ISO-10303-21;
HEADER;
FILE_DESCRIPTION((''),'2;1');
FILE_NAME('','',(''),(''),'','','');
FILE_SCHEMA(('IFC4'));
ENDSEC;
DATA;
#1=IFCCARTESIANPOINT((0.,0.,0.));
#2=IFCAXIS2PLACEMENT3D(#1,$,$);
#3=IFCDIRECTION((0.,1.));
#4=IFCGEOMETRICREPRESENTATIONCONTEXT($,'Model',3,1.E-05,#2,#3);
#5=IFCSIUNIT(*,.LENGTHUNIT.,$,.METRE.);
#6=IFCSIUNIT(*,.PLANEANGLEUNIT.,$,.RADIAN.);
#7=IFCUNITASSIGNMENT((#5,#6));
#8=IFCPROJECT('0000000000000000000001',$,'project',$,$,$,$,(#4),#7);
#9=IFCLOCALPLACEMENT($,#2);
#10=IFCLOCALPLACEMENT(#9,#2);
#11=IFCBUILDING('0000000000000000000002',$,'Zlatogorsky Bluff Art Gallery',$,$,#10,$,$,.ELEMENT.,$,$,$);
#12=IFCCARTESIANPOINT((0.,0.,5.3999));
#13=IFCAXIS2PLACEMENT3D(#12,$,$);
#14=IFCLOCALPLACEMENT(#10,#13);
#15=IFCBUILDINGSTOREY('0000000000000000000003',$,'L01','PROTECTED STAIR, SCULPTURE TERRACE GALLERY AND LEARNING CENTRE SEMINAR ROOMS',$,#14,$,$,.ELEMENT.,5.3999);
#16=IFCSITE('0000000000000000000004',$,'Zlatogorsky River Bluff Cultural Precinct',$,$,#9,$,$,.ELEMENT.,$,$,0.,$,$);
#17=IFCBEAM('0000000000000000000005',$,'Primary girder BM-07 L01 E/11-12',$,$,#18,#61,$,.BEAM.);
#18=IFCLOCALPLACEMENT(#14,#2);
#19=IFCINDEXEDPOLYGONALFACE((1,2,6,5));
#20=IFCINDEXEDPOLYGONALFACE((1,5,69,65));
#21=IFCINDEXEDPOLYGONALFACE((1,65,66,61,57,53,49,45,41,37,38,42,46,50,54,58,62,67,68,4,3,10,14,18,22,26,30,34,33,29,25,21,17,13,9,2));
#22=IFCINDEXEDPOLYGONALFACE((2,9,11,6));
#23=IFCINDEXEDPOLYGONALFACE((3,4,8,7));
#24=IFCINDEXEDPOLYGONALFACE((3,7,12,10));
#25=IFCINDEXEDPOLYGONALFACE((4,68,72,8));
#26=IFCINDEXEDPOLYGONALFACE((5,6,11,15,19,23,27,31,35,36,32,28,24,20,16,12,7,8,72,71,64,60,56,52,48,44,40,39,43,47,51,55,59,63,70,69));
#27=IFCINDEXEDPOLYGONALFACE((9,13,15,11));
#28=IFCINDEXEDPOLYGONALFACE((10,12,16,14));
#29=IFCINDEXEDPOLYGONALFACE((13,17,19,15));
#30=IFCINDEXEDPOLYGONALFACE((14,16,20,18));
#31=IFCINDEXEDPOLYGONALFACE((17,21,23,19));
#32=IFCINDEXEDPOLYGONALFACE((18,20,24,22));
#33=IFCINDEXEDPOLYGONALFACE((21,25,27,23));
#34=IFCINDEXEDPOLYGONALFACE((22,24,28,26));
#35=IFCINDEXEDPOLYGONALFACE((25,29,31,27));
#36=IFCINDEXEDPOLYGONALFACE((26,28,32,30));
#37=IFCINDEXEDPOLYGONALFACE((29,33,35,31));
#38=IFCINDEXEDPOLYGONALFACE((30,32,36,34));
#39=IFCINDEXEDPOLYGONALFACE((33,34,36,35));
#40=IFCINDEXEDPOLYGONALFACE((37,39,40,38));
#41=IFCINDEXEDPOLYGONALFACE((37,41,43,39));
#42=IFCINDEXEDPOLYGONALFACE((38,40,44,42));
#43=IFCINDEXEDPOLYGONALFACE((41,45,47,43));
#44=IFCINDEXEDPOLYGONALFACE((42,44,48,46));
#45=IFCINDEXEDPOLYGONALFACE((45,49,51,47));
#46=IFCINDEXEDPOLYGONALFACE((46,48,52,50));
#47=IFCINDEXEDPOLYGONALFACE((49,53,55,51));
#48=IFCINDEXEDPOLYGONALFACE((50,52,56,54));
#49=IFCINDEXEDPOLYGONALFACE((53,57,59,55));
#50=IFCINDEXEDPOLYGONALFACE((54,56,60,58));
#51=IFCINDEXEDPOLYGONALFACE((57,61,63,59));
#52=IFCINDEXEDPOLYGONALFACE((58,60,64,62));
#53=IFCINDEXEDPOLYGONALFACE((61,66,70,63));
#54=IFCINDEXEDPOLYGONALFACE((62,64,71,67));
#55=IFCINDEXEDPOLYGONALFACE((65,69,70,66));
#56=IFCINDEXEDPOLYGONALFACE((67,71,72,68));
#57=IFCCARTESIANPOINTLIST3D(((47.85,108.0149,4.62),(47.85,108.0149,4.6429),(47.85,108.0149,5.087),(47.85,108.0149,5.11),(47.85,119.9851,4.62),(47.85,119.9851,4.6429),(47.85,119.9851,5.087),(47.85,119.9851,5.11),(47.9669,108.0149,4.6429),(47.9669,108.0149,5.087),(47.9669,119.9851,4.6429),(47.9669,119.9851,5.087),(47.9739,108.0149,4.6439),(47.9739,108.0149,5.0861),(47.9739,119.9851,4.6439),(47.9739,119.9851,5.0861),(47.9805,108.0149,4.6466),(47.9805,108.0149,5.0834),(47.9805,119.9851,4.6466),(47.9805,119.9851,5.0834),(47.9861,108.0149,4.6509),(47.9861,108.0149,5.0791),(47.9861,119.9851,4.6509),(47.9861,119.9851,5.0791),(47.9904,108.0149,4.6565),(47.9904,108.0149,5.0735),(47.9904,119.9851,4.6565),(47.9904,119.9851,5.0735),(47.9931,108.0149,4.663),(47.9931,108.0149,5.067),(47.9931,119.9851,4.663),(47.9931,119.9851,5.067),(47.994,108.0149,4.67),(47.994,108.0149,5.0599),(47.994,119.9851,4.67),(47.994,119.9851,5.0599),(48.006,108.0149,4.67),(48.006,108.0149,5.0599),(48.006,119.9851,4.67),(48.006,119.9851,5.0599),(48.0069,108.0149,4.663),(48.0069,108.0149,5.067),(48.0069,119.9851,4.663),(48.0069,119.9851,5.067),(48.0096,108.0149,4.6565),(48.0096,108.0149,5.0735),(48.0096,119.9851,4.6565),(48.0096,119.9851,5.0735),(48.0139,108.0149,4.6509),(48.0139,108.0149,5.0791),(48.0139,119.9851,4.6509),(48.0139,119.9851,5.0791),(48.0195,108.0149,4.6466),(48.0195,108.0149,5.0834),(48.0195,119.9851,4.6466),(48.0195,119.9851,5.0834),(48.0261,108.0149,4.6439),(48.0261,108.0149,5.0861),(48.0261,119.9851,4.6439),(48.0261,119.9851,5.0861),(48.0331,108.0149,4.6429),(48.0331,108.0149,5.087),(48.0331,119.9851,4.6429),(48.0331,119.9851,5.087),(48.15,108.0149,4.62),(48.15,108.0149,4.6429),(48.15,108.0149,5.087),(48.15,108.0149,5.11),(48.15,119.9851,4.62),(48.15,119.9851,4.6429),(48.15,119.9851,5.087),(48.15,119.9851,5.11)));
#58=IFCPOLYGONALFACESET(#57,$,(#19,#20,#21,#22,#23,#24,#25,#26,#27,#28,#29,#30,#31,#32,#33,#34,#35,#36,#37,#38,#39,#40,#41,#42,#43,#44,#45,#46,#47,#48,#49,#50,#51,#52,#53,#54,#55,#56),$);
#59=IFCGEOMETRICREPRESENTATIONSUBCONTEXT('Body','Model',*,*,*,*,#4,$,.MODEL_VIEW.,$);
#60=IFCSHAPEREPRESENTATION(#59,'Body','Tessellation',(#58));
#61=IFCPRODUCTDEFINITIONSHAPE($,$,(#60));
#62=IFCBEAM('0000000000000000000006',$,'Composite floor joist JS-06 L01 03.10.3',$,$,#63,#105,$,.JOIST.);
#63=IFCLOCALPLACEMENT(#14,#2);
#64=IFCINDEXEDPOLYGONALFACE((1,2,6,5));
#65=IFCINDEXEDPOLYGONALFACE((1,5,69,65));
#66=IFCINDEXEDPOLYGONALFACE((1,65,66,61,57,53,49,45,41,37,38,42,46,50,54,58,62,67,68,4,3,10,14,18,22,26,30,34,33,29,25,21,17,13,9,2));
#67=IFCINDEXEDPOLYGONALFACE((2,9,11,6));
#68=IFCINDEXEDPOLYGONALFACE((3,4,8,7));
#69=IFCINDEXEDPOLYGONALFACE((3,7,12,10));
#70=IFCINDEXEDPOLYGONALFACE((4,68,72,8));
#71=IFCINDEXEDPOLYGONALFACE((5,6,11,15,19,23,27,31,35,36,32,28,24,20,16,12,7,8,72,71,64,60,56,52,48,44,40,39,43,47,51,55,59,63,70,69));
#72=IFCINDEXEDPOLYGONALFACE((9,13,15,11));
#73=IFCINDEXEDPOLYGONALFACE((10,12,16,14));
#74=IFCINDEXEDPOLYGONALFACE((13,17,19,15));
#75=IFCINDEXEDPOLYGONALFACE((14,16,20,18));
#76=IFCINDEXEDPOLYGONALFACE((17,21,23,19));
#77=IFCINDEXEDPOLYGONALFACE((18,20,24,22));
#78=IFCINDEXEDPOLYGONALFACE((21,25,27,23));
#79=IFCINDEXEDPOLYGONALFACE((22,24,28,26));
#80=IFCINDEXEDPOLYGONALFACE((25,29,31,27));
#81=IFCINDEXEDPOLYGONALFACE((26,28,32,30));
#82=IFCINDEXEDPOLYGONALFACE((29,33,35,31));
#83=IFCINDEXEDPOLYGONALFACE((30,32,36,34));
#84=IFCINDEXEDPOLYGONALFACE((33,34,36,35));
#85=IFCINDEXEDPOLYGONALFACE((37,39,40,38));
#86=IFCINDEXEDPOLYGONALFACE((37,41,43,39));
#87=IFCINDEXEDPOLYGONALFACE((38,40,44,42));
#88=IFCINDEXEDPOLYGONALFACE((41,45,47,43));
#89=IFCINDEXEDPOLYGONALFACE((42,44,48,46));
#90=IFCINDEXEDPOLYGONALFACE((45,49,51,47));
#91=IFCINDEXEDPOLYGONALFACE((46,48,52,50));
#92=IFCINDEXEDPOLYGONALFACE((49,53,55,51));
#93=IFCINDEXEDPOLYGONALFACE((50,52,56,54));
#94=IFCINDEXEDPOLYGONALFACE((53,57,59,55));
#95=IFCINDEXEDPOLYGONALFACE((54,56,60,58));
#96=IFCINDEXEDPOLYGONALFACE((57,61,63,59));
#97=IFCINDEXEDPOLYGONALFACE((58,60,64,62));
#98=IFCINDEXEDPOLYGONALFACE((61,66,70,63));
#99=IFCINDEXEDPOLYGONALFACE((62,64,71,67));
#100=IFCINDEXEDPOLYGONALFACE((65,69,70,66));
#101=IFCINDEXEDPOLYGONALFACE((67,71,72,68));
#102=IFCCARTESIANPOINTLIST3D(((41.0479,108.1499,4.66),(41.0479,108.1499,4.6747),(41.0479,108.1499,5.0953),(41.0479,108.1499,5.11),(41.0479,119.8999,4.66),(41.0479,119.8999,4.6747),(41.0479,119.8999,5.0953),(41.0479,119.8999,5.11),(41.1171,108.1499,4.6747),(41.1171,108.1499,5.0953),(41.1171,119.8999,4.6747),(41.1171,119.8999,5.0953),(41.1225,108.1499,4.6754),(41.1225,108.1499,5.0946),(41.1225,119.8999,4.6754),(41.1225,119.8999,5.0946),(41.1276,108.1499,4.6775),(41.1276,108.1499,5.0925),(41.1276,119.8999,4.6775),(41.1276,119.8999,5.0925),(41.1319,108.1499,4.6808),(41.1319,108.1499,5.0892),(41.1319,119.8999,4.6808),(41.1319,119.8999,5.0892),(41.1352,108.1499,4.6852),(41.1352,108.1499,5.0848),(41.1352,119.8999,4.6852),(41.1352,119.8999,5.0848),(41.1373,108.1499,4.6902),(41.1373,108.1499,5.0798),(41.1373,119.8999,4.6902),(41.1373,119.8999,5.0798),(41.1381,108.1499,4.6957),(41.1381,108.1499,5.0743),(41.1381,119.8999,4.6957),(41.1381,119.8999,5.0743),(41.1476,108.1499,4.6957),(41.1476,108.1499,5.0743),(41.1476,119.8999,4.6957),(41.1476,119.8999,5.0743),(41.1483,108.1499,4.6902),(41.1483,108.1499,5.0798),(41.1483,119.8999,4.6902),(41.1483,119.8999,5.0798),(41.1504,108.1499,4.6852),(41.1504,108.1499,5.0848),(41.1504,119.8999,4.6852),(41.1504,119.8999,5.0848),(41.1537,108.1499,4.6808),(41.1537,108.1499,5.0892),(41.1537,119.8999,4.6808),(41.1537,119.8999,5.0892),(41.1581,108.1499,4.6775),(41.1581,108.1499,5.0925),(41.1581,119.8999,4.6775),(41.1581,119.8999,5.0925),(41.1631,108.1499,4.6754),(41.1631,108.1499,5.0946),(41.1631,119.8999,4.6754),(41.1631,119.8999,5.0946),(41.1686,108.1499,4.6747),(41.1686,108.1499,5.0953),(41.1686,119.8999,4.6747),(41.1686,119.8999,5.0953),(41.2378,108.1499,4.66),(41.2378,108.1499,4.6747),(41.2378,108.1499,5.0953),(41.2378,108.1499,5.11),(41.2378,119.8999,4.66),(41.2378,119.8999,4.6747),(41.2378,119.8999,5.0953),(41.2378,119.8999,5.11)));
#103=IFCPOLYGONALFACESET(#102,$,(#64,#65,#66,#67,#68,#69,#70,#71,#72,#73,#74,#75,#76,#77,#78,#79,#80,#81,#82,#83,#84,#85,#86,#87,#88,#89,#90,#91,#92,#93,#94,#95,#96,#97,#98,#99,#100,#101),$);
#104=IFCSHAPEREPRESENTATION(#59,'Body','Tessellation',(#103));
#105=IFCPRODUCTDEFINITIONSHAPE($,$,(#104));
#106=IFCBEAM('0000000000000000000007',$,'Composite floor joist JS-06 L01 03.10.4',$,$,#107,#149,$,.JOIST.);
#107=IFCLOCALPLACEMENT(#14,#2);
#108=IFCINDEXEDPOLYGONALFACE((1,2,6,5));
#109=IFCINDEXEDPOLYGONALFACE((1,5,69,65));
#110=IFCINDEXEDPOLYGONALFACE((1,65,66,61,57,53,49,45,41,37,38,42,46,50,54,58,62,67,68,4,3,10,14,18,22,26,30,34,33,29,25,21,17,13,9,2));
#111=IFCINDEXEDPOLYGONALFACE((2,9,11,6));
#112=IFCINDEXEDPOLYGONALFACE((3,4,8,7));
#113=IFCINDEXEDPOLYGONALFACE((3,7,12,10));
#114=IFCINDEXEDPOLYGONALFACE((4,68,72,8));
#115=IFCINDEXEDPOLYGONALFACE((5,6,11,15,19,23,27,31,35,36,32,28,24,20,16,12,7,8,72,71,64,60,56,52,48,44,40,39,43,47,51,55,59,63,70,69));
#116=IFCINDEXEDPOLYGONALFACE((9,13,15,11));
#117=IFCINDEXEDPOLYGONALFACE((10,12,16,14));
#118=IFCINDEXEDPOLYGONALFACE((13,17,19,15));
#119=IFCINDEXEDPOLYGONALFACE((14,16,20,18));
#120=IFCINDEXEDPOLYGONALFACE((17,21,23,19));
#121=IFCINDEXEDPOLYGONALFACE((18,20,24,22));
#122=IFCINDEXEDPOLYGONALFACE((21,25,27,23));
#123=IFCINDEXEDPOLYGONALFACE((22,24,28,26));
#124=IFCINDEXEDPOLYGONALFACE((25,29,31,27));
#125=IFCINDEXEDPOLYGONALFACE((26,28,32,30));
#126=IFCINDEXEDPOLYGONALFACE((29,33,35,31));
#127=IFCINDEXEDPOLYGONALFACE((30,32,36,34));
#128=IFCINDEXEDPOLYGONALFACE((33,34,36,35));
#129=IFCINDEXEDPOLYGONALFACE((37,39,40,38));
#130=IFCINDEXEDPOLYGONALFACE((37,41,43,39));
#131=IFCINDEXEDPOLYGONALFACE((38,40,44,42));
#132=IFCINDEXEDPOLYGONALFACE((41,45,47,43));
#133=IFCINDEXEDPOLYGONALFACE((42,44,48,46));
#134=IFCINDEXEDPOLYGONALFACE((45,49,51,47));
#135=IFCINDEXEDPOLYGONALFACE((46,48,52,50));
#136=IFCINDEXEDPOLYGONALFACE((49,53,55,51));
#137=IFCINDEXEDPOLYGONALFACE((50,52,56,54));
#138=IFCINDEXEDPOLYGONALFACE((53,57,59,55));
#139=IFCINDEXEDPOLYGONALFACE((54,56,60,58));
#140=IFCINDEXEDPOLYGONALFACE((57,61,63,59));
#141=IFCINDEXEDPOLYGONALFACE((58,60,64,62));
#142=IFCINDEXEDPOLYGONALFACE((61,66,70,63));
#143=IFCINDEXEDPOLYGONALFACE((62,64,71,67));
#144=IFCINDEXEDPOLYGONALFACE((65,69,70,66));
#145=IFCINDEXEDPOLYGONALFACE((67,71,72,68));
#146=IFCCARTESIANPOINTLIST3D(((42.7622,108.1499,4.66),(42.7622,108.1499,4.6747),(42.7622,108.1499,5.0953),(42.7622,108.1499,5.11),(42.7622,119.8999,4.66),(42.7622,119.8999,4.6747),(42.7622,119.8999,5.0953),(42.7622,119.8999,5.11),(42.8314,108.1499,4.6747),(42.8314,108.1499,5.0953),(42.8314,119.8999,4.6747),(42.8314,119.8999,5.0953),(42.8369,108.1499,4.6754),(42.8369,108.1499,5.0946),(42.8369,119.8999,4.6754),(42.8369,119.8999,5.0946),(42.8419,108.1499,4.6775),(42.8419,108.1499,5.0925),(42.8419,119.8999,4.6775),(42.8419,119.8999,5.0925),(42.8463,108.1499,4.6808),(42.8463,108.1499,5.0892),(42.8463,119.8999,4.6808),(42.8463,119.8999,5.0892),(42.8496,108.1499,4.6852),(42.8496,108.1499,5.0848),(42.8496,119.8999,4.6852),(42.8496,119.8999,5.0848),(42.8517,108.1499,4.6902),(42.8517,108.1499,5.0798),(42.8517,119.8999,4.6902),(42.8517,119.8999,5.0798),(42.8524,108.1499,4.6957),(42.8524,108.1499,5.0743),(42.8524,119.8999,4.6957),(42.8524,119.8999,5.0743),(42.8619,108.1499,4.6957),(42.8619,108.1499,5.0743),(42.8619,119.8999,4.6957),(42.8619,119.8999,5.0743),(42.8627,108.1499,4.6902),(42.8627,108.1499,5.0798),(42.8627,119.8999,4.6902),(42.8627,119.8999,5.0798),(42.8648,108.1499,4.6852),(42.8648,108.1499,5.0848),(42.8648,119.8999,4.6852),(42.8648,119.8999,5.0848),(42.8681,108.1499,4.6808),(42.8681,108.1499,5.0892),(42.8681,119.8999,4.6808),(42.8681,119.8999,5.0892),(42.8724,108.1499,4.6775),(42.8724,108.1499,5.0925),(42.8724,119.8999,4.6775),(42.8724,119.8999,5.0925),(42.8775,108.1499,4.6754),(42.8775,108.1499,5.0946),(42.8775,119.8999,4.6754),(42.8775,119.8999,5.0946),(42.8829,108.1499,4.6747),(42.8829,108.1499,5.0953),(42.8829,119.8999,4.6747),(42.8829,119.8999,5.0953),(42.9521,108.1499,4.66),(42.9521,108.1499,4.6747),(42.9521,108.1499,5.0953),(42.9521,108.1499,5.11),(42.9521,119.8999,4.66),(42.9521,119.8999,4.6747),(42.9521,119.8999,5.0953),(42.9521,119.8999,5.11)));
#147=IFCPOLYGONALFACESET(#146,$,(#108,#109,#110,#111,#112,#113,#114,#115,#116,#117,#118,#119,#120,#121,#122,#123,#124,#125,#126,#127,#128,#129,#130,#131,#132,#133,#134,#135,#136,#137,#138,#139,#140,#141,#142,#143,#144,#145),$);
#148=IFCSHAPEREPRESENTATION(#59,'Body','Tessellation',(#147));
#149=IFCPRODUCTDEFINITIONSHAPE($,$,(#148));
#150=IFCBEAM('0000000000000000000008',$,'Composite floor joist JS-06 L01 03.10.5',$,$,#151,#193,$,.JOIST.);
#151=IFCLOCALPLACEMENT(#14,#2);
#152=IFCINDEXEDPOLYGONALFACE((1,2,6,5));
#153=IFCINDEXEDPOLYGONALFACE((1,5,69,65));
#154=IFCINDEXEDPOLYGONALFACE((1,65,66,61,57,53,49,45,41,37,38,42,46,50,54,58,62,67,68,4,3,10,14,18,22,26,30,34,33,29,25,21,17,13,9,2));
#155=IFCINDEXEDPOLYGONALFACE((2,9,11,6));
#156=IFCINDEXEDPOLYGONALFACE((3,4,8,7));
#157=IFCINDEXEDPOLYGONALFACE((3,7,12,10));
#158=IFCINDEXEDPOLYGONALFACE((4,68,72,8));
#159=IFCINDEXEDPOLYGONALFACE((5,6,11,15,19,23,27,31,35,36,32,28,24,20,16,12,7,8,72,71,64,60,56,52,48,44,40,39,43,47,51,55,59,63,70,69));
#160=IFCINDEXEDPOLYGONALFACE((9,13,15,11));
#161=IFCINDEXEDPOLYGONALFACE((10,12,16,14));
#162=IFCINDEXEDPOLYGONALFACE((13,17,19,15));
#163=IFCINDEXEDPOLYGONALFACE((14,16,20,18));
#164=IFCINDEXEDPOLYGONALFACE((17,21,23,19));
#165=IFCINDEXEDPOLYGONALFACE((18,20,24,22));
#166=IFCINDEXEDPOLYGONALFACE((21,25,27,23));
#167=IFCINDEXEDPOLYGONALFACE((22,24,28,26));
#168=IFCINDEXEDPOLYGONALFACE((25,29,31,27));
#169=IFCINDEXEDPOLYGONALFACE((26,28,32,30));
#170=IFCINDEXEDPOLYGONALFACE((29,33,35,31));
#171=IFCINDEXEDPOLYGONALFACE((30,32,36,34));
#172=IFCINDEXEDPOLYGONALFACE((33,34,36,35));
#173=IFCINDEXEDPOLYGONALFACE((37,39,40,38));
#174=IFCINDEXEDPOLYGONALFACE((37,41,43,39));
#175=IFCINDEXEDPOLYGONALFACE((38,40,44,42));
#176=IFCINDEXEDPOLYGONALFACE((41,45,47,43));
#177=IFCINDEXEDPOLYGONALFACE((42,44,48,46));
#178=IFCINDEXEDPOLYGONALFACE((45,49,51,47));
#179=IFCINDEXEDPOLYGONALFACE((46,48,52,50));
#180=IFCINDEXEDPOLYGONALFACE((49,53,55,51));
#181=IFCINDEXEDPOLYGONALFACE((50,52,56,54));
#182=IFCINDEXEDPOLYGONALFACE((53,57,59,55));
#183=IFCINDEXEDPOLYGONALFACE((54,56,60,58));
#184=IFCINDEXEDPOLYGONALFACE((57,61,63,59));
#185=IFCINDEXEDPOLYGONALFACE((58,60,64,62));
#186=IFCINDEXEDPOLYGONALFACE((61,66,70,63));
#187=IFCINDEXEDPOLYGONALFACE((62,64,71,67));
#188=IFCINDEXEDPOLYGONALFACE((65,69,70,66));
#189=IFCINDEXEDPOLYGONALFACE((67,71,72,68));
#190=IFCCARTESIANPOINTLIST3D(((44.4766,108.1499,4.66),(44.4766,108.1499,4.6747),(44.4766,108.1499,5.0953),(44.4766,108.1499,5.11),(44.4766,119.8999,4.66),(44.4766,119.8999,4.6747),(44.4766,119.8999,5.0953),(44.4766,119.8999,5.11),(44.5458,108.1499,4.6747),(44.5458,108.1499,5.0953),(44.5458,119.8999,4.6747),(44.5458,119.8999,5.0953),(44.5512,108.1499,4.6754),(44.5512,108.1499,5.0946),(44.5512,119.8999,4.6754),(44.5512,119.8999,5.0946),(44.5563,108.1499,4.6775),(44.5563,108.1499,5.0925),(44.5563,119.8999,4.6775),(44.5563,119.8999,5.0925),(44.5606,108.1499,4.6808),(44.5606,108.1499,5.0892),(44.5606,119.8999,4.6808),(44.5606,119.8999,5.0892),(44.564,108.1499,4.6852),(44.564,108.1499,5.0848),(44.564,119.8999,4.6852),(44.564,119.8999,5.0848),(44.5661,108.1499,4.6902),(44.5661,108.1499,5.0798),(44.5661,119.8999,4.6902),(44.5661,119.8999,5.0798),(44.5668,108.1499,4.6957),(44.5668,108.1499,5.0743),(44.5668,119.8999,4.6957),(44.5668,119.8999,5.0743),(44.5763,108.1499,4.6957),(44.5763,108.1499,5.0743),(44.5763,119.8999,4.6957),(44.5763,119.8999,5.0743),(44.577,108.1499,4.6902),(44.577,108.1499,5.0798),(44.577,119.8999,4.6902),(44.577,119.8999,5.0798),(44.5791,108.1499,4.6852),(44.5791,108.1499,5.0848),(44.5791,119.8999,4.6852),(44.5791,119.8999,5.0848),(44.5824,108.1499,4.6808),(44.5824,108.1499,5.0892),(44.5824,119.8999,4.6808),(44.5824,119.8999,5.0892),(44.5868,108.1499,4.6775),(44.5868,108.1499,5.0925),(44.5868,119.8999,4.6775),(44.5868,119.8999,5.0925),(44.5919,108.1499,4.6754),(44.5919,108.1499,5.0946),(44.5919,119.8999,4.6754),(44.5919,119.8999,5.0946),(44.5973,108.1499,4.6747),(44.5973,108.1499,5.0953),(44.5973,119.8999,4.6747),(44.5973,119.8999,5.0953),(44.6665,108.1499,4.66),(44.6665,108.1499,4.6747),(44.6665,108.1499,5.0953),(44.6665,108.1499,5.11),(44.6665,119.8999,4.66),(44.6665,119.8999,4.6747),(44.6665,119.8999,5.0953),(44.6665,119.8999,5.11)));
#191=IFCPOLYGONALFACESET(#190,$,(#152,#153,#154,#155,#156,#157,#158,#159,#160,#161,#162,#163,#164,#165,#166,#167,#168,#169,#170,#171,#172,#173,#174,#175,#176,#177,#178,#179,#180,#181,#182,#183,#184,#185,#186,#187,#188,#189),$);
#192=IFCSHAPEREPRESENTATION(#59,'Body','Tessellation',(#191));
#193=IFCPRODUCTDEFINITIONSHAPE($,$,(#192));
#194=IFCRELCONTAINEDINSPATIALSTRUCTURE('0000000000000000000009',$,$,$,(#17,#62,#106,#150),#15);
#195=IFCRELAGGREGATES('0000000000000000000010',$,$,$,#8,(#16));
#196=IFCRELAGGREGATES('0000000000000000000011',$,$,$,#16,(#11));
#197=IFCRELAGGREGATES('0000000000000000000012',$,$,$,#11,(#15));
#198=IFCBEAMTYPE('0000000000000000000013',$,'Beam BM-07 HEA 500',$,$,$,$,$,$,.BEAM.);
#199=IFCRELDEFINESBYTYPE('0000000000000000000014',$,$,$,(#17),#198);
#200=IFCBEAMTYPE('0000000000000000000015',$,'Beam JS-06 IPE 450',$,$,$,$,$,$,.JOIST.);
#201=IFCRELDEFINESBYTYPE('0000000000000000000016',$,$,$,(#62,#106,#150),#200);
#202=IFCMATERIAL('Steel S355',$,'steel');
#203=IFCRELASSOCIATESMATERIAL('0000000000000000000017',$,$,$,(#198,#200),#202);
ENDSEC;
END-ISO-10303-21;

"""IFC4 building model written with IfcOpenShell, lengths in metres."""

from ifc_helpers import new_model, si_unit, direction, frame, origin, origin_2d, place, context, subcontext, project, spatial, i_section, extrude, material, material_profile, profile_set, type_object, element, save


model = new_model("IFC4")

# Units and contexts
model_context = context("Model", 3, precision=1e-05, world=origin(), true_north=direction((0.0, 1.0)))
body_context = subcontext(model_context, "Body", "Model", "MODEL_VIEW")
ifc_project = project(units=[si_unit("LENGTHUNIT", "METRE"), si_unit("PLANEANGLEUNIT", "RADIAN")], contexts=[model_context])

# Site, building, storey
site_placement = place(None, origin())
site = spatial("IfcSite", under=ifc_project, at=site_placement, Name="Zlatogorsky River Bluff Cultural Precinct", CompositionType="ELEMENT", RefElevation=0.0)
building_placement = place(site_placement, origin())
building = spatial("IfcBuilding", under=site, at=building_placement, Name="Zlatogorsky Bluff Art Gallery", CompositionType="ELEMENT")
storey_placement = place(building_placement, frame((0.0, 0.0, 5.3999)))
storey = spatial("IfcBuildingStorey", under=building, at=storey_placement, Name="L01", Description="PROTECTED STAIR, SCULPTURE TERRACE GALLERY AND LEARNING CENTRE SEMINAR ROOMS", CompositionType="ELEMENT", Elevation=5.3999)

# Shared definitions
ifc_material_1 = material(Name="Steel S355", Category="steel")

# Beams
ifc_material_profile_1 = material_profile(ifc_material_1, i_section(OverallWidth=0.3, OverallDepth=0.49, WebThickness=0.012, FlangeThickness=0.0229, FilletRadius=0.0271, at=origin_2d()), Name="HEA 500")
ifc_profile_set_1 = profile_set([ifc_material_profile_1], Name="Steel S355")
beam_type_1 = type_object("IfcBeamType", Name="Beam BM-07 HEA 500", PredefinedType="BEAM", material=ifc_profile_set_1)
beam_1_placement = place(storey_placement, frame((48.0, 108.0149, 4.865), z_axis=(0.0, 1.0, 0.0), x_axis=(-1.0, 0.0, 0.0)))
element("IfcBeam", 1, at=beam_1_placement, inside=storey, type_object=beam_type_1, Name="Primary girder BM-07 L01 E/11-12", PredefinedType="BEAM", context=body_context, shape_type="SweptSolid", body=[
    extrude(i_section(OverallWidth=0.3, OverallDepth=0.49, WebThickness=0.012, FlangeThickness=0.0229, FilletRadius=0.0271, at=origin_2d()), origin(), (0.0, 0.0, 1.0), 11.9702),
])
ifc_material_profile_2 = material_profile(ifc_material_1, i_section(OverallWidth=0.1899, OverallDepth=0.45, WebThickness=0.0095, FlangeThickness=0.0146, FilletRadius=0.021, at=origin_2d()), Name="IPE 450")
ifc_profile_set_2 = profile_set([ifc_material_profile_2], Name="Steel S355")
beam_type_2 = type_object("IfcBeamType", Name="Beam JS-06 IPE 450", PredefinedType="JOIST", material=ifc_profile_set_2)
for number, where, z_axis, x_axis, name in (
    (2, (41.1428, 108.1499, 4.885), (0.0, 1.0, 0.0), (-1.0, 0.0, 0.0), "Composite floor joist JS-06 L01 03.10.3"),
    (3, (42.8572, 108.1499, 4.885), (0.0, 1.0, 0.0), (-1.0, 0.0, 0.0), "Composite floor joist JS-06 L01 03.10.4"),
    (4, (44.5715, 108.1499, 4.885), (0.0, 1.0, 0.0), (-1.0, 0.0, 0.0), "Composite floor joist JS-06 L01 03.10.5"),
):
    element("IfcBeam", number, at=place(storey_placement, frame(where, z_axis=z_axis, x_axis=x_axis)), inside=storey, type_object=beam_type_2, Name=name, PredefinedType="JOIST", context=body_context, shape_type="SweptSolid", body=[
        extrude(i_section(OverallWidth=0.1899, OverallDepth=0.45, WebThickness=0.0095, FlangeThickness=0.0146, FilletRadius=0.021, at=origin_2d()), origin(), (0.0, 0.0, 1.0), 11.75),
    ])

save(model, "model.ifc")
